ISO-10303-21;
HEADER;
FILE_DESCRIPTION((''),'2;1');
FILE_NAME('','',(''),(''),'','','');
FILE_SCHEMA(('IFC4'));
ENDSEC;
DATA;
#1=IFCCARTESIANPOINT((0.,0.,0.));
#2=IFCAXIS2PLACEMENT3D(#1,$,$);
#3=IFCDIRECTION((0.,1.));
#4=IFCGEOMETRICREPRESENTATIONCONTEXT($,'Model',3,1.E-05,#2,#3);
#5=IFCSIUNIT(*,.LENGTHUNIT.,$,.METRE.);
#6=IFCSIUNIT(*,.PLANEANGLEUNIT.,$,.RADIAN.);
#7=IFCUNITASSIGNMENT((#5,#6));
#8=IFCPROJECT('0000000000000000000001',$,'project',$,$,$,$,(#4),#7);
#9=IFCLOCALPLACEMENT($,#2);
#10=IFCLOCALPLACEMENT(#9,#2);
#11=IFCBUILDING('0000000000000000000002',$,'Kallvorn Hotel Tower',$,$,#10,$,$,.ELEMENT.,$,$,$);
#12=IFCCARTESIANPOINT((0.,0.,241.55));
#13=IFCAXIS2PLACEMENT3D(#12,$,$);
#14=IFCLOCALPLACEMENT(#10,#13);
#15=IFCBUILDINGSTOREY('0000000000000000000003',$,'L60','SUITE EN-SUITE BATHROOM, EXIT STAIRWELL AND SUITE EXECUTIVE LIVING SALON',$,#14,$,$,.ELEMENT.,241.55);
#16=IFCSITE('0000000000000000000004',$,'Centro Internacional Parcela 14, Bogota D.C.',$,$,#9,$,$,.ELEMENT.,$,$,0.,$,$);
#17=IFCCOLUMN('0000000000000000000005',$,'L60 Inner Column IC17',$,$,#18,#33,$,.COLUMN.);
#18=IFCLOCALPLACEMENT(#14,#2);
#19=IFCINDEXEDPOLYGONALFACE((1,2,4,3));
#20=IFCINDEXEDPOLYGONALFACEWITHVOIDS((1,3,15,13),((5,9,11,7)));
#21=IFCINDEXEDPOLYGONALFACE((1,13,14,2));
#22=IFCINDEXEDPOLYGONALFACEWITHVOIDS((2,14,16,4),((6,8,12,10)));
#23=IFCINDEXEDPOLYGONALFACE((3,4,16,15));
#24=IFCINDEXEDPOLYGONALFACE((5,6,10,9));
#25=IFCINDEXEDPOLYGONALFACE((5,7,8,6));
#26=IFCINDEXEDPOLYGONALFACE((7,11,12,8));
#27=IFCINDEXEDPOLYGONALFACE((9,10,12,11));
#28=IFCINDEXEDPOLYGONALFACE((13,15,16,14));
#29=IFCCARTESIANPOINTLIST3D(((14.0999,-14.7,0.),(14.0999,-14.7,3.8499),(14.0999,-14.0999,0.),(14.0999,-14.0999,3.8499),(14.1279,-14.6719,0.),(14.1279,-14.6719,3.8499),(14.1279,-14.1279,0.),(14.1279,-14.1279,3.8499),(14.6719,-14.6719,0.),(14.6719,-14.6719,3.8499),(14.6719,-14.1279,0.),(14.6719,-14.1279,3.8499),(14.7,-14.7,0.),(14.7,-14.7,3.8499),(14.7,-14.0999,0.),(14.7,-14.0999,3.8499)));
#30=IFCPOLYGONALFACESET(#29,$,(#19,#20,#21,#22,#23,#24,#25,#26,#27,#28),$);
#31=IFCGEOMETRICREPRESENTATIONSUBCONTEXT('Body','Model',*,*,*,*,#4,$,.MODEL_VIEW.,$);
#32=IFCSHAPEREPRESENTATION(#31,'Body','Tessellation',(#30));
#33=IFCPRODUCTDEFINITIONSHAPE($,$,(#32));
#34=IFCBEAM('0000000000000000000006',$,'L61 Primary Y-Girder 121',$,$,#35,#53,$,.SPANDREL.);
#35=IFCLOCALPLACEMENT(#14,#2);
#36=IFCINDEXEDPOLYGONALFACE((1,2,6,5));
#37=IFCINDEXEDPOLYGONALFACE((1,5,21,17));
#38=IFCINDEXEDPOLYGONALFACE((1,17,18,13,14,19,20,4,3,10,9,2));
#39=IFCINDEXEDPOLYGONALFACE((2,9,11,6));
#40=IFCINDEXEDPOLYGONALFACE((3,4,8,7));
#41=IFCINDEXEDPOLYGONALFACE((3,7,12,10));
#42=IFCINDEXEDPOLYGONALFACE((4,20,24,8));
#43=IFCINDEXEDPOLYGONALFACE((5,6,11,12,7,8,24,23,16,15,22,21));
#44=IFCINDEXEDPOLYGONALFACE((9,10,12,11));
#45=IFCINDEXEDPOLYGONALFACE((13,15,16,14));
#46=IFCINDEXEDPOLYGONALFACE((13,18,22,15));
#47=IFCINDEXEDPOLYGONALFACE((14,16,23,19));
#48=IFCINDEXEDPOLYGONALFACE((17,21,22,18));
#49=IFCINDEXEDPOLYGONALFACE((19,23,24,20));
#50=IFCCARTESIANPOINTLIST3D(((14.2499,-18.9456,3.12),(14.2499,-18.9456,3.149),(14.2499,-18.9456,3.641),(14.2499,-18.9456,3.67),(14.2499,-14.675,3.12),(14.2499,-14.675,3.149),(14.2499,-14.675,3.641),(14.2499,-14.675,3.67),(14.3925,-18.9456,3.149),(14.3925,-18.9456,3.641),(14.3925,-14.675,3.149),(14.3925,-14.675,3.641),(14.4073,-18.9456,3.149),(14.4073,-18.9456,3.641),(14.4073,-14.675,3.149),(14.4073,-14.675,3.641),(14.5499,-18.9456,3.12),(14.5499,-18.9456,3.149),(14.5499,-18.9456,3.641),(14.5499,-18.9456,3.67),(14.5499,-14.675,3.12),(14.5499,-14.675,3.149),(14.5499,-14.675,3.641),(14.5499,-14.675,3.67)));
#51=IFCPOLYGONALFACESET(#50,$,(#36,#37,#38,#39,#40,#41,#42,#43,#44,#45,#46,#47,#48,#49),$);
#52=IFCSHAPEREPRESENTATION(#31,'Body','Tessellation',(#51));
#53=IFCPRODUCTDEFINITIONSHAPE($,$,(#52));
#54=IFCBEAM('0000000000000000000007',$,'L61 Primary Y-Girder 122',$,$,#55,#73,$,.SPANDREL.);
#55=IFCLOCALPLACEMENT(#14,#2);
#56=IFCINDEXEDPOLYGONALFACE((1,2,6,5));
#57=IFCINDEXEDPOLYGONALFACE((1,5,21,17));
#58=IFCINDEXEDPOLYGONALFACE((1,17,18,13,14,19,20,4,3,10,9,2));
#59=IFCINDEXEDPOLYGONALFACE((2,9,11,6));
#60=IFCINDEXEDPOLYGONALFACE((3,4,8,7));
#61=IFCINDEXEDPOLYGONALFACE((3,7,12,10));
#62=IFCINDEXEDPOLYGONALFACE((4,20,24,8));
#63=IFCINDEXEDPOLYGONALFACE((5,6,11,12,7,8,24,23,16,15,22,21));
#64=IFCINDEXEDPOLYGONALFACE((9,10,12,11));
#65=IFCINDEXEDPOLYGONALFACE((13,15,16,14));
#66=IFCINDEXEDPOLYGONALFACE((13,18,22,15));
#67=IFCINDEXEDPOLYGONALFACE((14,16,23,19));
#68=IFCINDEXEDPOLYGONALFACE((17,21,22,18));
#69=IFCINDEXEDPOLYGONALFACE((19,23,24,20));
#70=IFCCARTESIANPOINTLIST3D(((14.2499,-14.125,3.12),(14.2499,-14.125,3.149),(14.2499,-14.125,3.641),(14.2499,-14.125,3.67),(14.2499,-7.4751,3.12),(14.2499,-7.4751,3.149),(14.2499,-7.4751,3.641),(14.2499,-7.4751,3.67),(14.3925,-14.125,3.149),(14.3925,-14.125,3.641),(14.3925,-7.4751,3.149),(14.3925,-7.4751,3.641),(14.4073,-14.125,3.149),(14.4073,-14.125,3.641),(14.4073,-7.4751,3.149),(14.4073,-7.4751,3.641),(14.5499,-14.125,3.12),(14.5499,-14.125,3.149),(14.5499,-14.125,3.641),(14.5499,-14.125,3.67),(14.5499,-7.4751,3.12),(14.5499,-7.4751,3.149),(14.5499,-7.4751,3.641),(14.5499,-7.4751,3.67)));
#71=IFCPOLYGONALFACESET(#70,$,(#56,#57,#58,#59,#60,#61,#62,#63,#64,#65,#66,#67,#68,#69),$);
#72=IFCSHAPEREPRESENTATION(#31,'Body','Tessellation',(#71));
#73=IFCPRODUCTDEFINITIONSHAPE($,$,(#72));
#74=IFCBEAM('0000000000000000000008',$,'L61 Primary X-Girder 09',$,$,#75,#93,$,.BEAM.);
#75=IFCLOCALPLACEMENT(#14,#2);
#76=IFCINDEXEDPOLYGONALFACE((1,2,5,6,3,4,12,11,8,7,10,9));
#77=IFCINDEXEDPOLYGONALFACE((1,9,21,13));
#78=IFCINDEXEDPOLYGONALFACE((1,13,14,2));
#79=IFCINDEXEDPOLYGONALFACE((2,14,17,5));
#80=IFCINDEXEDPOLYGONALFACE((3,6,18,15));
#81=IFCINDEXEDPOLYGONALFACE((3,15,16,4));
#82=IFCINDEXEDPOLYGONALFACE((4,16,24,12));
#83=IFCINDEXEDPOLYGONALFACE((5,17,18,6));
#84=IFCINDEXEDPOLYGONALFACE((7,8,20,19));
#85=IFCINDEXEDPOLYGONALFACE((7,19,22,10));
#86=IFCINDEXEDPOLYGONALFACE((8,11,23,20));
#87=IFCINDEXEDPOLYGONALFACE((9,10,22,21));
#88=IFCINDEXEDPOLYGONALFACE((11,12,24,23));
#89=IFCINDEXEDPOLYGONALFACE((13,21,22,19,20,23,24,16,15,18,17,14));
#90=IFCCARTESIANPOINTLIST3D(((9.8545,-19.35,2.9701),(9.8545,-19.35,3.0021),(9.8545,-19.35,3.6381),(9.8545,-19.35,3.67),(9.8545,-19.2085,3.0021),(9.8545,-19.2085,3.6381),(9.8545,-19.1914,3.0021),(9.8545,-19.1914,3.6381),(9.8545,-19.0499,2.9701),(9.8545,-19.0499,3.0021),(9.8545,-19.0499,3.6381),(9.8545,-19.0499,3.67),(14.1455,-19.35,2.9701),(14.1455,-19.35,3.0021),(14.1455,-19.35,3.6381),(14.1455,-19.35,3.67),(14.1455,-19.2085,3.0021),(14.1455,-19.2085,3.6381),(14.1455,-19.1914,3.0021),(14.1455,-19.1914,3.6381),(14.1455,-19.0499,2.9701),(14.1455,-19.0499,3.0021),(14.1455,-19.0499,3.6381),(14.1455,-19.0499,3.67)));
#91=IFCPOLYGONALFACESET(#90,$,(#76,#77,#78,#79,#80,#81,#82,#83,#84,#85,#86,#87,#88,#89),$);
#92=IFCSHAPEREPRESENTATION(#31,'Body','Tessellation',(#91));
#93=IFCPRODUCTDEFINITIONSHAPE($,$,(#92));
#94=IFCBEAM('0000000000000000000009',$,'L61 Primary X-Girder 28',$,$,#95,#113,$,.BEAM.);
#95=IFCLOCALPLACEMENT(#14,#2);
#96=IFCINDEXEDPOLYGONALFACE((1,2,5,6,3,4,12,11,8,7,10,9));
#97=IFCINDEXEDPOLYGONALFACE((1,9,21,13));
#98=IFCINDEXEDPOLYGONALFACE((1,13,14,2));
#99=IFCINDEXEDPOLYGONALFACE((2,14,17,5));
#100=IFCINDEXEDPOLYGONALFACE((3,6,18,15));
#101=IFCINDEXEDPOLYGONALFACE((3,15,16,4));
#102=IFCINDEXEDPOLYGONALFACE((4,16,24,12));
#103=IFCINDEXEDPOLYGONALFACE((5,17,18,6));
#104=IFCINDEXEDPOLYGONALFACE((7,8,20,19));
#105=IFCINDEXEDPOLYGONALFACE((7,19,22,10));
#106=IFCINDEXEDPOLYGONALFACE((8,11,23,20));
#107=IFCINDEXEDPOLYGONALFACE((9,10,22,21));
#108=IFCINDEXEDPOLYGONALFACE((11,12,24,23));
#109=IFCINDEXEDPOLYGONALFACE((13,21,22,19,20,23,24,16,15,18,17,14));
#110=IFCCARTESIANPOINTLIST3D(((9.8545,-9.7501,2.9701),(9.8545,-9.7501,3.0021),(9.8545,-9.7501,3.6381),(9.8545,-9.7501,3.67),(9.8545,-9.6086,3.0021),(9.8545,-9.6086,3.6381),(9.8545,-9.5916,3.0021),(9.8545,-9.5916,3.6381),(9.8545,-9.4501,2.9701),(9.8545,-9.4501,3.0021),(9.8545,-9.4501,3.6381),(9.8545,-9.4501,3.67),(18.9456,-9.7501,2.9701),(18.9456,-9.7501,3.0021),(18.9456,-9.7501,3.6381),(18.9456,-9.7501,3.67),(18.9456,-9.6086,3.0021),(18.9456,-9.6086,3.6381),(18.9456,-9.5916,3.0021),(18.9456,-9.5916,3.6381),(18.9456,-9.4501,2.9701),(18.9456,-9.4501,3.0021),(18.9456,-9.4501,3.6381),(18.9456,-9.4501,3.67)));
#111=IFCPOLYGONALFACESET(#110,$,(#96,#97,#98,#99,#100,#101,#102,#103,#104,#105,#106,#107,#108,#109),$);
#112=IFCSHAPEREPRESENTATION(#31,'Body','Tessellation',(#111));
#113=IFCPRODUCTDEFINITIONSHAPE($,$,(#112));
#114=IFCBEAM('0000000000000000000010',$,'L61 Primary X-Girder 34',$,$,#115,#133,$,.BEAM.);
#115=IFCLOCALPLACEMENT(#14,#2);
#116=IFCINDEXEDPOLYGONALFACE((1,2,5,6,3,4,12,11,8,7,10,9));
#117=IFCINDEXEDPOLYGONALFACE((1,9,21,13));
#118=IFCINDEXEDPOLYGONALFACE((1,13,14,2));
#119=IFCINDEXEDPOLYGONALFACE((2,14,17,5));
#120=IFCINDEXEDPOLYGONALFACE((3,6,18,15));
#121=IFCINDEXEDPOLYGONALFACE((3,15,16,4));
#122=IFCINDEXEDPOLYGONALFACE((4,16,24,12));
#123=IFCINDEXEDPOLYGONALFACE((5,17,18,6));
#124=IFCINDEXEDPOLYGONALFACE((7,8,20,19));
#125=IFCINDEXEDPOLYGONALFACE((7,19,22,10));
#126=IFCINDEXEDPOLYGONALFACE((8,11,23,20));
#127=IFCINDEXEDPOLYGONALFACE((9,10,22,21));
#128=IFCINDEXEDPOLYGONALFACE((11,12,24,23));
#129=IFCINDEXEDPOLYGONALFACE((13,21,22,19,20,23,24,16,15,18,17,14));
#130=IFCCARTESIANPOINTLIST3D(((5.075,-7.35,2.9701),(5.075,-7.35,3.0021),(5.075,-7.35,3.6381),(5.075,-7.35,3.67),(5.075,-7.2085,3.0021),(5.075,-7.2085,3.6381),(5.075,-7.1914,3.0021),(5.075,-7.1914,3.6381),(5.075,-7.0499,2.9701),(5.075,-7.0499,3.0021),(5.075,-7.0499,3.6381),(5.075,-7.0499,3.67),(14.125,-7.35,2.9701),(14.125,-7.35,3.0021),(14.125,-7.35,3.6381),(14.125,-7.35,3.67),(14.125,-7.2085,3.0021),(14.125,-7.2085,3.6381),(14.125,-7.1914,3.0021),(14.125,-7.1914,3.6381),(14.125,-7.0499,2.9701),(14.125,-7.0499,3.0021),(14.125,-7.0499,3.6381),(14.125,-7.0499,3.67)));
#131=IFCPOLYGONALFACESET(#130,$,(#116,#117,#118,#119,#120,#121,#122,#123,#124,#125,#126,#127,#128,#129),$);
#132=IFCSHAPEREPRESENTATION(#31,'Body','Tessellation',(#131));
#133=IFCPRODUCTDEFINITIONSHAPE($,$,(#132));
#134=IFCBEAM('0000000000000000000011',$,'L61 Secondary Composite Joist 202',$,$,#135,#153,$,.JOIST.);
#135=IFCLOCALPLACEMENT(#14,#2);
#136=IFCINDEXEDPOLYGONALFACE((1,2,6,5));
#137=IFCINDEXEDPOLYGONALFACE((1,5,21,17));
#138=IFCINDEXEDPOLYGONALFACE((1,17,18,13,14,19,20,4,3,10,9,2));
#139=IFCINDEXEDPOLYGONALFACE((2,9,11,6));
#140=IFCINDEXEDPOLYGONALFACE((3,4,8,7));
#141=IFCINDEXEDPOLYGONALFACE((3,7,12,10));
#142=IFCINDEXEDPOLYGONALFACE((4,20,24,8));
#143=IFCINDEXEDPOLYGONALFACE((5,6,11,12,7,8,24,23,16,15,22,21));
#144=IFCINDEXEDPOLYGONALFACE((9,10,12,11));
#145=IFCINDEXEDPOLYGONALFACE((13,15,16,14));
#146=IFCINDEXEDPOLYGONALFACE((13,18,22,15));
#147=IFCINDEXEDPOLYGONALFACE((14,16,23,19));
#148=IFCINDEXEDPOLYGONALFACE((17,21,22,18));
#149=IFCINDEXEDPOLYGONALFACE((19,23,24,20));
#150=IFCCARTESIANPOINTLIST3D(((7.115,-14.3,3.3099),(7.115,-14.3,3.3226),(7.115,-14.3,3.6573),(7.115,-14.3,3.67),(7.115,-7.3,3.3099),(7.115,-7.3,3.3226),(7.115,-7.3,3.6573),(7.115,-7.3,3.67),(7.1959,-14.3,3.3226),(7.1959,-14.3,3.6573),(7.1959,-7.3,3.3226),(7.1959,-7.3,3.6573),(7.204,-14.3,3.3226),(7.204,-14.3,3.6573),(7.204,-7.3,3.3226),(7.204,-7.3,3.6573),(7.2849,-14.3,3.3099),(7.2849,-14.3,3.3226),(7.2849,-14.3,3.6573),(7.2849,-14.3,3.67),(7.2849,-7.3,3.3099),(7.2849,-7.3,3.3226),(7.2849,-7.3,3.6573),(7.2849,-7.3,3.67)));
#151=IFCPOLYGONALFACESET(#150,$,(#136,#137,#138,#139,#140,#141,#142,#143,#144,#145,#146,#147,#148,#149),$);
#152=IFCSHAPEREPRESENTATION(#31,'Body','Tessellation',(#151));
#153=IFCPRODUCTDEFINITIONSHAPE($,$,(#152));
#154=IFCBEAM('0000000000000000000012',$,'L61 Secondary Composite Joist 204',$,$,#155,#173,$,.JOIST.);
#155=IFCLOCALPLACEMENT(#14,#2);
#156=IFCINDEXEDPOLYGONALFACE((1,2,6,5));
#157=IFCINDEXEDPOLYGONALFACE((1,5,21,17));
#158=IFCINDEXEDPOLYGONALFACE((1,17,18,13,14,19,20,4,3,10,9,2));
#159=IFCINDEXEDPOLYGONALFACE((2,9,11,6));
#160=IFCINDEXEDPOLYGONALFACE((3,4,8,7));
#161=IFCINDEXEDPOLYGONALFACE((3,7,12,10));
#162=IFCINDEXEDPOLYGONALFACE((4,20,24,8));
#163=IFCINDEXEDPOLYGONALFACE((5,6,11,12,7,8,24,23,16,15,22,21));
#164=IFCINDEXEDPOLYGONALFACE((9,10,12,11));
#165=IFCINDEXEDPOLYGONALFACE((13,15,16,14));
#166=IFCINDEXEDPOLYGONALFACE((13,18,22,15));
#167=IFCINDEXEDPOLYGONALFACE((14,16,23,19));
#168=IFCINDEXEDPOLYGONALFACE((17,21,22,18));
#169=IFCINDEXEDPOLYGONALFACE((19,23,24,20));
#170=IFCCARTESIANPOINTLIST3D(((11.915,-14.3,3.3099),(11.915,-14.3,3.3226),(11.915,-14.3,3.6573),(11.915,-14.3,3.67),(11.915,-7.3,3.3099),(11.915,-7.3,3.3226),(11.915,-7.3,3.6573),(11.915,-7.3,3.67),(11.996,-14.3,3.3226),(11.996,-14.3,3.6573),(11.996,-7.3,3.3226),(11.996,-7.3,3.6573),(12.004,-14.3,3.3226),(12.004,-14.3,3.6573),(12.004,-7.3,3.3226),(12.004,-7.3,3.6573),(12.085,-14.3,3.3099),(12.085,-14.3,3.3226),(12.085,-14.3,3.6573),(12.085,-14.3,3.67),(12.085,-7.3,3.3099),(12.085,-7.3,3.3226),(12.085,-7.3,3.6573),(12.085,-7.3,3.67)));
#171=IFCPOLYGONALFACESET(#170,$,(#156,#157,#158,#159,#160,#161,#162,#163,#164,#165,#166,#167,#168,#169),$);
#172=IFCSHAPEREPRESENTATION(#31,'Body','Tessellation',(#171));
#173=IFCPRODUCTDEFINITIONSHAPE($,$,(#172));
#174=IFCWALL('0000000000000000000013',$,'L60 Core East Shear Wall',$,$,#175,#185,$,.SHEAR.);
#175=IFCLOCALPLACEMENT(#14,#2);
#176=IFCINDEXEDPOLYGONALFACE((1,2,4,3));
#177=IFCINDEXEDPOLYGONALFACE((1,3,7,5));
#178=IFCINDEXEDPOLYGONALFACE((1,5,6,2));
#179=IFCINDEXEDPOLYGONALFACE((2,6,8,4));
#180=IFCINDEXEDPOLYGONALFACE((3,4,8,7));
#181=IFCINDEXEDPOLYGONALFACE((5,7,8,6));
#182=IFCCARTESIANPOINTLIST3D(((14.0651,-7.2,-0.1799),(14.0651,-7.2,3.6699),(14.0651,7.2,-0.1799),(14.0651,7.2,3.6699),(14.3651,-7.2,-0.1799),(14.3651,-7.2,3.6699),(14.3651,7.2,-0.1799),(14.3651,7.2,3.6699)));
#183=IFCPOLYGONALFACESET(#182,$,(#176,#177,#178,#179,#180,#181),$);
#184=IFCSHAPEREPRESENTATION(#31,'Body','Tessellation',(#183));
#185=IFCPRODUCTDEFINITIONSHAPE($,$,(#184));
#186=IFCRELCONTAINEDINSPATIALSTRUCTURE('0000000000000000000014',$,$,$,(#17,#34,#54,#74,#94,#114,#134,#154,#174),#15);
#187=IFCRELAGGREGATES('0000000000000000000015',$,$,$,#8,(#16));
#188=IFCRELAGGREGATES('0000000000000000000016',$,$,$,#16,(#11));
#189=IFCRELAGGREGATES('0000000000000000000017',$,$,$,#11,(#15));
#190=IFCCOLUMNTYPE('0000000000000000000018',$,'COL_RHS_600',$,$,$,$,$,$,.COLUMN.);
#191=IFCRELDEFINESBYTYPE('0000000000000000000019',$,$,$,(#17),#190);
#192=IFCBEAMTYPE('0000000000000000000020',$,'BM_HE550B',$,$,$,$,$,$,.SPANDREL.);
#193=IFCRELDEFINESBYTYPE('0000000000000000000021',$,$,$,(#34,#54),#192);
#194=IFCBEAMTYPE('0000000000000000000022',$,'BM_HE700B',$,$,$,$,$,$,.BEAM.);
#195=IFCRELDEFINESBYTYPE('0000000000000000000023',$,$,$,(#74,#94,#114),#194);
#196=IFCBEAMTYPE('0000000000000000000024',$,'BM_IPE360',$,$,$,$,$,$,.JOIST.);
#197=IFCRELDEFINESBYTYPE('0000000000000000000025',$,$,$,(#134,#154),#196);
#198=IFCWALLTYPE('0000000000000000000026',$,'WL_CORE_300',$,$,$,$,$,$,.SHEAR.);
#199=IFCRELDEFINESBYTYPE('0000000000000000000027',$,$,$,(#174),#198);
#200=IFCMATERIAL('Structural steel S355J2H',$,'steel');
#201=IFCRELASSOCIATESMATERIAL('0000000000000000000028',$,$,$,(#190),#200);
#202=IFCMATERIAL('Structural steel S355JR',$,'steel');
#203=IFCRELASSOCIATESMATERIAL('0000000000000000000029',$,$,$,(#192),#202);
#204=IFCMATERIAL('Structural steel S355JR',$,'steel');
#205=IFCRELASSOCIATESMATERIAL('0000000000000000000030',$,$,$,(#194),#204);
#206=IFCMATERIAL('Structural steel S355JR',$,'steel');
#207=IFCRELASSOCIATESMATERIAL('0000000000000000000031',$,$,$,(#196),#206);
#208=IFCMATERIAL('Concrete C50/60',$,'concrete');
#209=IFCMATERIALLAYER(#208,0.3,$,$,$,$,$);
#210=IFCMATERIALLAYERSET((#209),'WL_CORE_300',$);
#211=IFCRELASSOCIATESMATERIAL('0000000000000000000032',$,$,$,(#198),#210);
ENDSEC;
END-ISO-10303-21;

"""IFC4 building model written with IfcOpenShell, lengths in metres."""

from ifc_helpers import new_model, si_unit, direction, frame, frame_2d, origin, origin_2d, place, context, subcontext, project, spatial, rectangle, hollow_rectangle, i_section, extrude, material, layer, layer_set, material_profile, profile_set, type_object, element, save


model = new_model("IFC4")

# Units and contexts
model_context = context("Model", 3, precision=1e-05, world=origin(), true_north=direction((0.0, 1.0)))
body_context = subcontext(model_context, "Body", "Model", "MODEL_VIEW")
ifc_project = project(units=[si_unit("LENGTHUNIT", "METRE"), si_unit("PLANEANGLEUNIT", "RADIAN")], contexts=[model_context])

# Site, building, storey
site_placement = place(None, origin())
site = spatial("IfcSite", under=ifc_project, at=site_placement, Name="Centro Internacional Parcela 14, Bogota D.C.", CompositionType="ELEMENT", RefElevation=0.0)
building_placement = place(site_placement, origin())
building = spatial("IfcBuilding", under=site, at=building_placement, Name="Kallvorn Hotel Tower", CompositionType="ELEMENT")
storey_placement = place(building_placement, frame((0.0, 0.0, 241.55)))
storey = spatial("IfcBuildingStorey", under=building, at=storey_placement, Name="L60", Description="SUITE EN-SUITE BATHROOM, EXIT STAIRWELL AND SUITE EXECUTIVE LIVING SALON", CompositionType="ELEMENT", Elevation=241.55)

# Column
ifc_material_1 = material(Name="Structural steel S355J2H", Category="steel")
ifc_material_profile_1 = material_profile(ifc_material_1, hollow_rectangle(XDim=0.6001, YDim=0.6001, WallThickness=0.0281, at=origin_2d()), Name="RHS 600x600x28")
ifc_profile_set_1 = profile_set([ifc_material_profile_1], Name="Structural steel S355J2H")
column_type_1 = type_object("IfcColumnType", Name="COL_RHS_600", PredefinedType="COLUMN", material=ifc_profile_set_1)
column_placement = place(storey_placement, frame((14.3999, -14.3999, 0.0), z_axis=(0.0, 0.0, 1.0), x_axis=(1.0, 0.0, 0.0)))
element("IfcColumn", 1, at=column_placement, inside=storey, type_object=column_type_1, Name="L60 Inner Column IC17", PredefinedType="COLUMN", context=body_context, shape_type="SweptSolid", body=[
    extrude(hollow_rectangle(XDim=0.6001, YDim=0.6001, WallThickness=0.0281, at=origin_2d()), origin(), (0.0, 0.0, 1.0), 3.8499),
])

# Beams
ifc_material_2 = material(Name="Structural steel S355JR", Category="steel")
ifc_material_profile_2 = material_profile(ifc_material_2, i_section(OverallWidth=0.3, OverallDepth=0.55, WebThickness=0.0149, FlangeThickness=0.0291, at=origin_2d()), Name="HE 550 B")
ifc_profile_set_2 = profile_set([ifc_material_profile_2], Name="Structural steel S355JR")
beam_type_1 = type_object("IfcBeamType", Name="BM_HE550B", PredefinedType="SPANDREL", material=ifc_profile_set_2)
beam_1_placement = place(storey_placement, frame((14.3999, -18.9456, 3.395), z_axis=(0.0, 1.0, 0.0), x_axis=(-1.0, 0.0, 0.0)))
element("IfcBeam", 2, at=beam_1_placement, inside=storey, type_object=beam_type_1, Name="L61 Primary Y-Girder 121", PredefinedType="SPANDREL", context=body_context, shape_type="SweptSolid", body=[
    extrude(i_section(OverallWidth=0.3, OverallDepth=0.55, WebThickness=0.0149, FlangeThickness=0.0291, at=origin_2d()), origin(), (0.0, 0.0, 1.0), 4.2705),
])
beam_2_placement = place(storey_placement, frame((14.3999, -14.125, 3.395), z_axis=(0.0, 1.0, 0.0), x_axis=(-1.0, 0.0, 0.0)))
element("IfcBeam", 3, at=beam_2_placement, inside=storey, type_object=beam_type_1, Name="L61 Primary Y-Girder 122", PredefinedType="SPANDREL", context=body_context, shape_type="SweptSolid", body=[
    extrude(i_section(OverallWidth=0.3, OverallDepth=0.55, WebThickness=0.0149, FlangeThickness=0.0291, at=origin_2d()), origin(), (0.0, 0.0, 1.0), 6.6499),
])
ifc_material_3 = material(Name="Structural steel S355JR", Category="steel")
ifc_material_profile_3 = material_profile(ifc_material_3, i_section(OverallWidth=0.3, OverallDepth=0.7, WebThickness=0.0171, FlangeThickness=0.032, at=origin_2d()), Name="HE 700 B")
ifc_profile_set_3 = profile_set([ifc_material_profile_3], Name="Structural steel S355JR")
beam_type_2 = type_object("IfcBeamType", Name="BM_HE700B", PredefinedType="BEAM", material=ifc_profile_set_3)
beam_3_placement = place(storey_placement, frame((9.8545, -19.2, 3.3201), z_axis=(1.0, 0.0, 0.0), x_axis=(0.0, 1.0, 0.0)))
element("IfcBeam", 4, at=beam_3_placement, inside=storey, type_object=beam_type_2, Name="L61 Primary X-Girder 09", PredefinedType="BEAM", context=body_context, shape_type="SweptSolid", body=[
    extrude(i_section(OverallWidth=0.3, OverallDepth=0.7, WebThickness=0.0171, FlangeThickness=0.032, at=origin_2d()), origin(), (0.0, 0.0, 1.0), 4.291),
])
beam_4_placement = place(storey_placement, frame((9.8545, -9.6001, 3.3201), z_axis=(1.0, 0.0, 0.0), x_axis=(0.0, 1.0, 0.0)))
element("IfcBeam", 5, at=beam_4_placement, inside=storey, type_object=beam_type_2, Name="L61 Primary X-Girder 28", PredefinedType="BEAM", context=body_context, shape_type="SweptSolid", body=[
    extrude(i_section(OverallWidth=0.3, OverallDepth=0.7, WebThickness=0.0171, FlangeThickness=0.032, at=origin_2d()), origin(), (0.0, 0.0, 1.0), 9.0911),
])
beam_5_placement = place(storey_placement, frame((5.075, -7.2, 3.3201), z_axis=(1.0, 0.0, 0.0), x_axis=(0.0, 1.0, 0.0)))
element("IfcBeam", 6, at=beam_5_placement, inside=storey, type_object=beam_type_2, Name="L61 Primary X-Girder 34", PredefinedType="BEAM", context=body_context, shape_type="SweptSolid", body=[
    extrude(i_section(OverallWidth=0.3, OverallDepth=0.7, WebThickness=0.0171, FlangeThickness=0.032, at=origin_2d()), origin(), (0.0, 0.0, 1.0), 9.05),
])
ifc_material_4 = material(Name="Structural steel S355JR", Category="steel")
ifc_material_profile_4 = material_profile(ifc_material_4, i_section(OverallWidth=0.1699, OverallDepth=0.3601, WebThickness=0.0081, FlangeThickness=0.0127, at=origin_2d()), Name="IPE 360")
ifc_profile_set_4 = profile_set([ifc_material_profile_4], Name="Structural steel S355JR")
beam_type_3 = type_object("IfcBeamType", Name="BM_IPE360", PredefinedType="JOIST", material=ifc_profile_set_4)
for number, where, z_axis, x_axis, name in (
    (7, (7.2, -14.3, 3.49), (0.0, 1.0, 0.0), (-1.0, 0.0, 0.0), "L61 Secondary Composite Joist 202"),
    (8, (12.0, -14.3, 3.49), (0.0, 1.0, 0.0), (-1.0, 0.0, 0.0), "L61 Secondary Composite Joist 204"),
):
    element("IfcBeam", number, at=place(storey_placement, frame(where, z_axis=z_axis, x_axis=x_axis)), inside=storey, type_object=beam_type_3, Name=name, PredefinedType="JOIST", context=body_context, shape_type="SweptSolid", body=[
        extrude(i_section(OverallWidth=0.1699, OverallDepth=0.3601, WebThickness=0.0081, FlangeThickness=0.0127, at=origin_2d()), origin(), (0.0, 0.0, 1.0), 7.0),
    ])

# Wall
ifc_material_5 = material(Name="Concrete C50/60", Category="concrete")
ifc_layer_1 = layer(ifc_material_5, 0.3)
ifc_layer_set_1 = layer_set([ifc_layer_1], Name="WL_CORE_300")
wall_type_1 = type_object("IfcWallType", Name="WL_CORE_300", PredefinedType="SHEAR", material=ifc_layer_set_1)
wall_1_placement = place(storey_placement, frame((14.2151, -7.2, -0.1799), z_axis=(0.0, 0.0, 1.0), x_axis=(0.0, 1.0, 0.0)))
element("IfcWall", 9, at=wall_1_placement, inside=storey, type_object=wall_type_1, Name="L60 Core East Shear Wall", PredefinedType="SHEAR", context=body_context, shape_type="SweptSolid", body=[
    extrude(rectangle(XDim=14.3999, YDim=0.3, at=frame_2d((7.2, 0.0))), origin(), (0.0, 0.0, 1.0), 3.8499),
])

save(model, "model.ifc")
